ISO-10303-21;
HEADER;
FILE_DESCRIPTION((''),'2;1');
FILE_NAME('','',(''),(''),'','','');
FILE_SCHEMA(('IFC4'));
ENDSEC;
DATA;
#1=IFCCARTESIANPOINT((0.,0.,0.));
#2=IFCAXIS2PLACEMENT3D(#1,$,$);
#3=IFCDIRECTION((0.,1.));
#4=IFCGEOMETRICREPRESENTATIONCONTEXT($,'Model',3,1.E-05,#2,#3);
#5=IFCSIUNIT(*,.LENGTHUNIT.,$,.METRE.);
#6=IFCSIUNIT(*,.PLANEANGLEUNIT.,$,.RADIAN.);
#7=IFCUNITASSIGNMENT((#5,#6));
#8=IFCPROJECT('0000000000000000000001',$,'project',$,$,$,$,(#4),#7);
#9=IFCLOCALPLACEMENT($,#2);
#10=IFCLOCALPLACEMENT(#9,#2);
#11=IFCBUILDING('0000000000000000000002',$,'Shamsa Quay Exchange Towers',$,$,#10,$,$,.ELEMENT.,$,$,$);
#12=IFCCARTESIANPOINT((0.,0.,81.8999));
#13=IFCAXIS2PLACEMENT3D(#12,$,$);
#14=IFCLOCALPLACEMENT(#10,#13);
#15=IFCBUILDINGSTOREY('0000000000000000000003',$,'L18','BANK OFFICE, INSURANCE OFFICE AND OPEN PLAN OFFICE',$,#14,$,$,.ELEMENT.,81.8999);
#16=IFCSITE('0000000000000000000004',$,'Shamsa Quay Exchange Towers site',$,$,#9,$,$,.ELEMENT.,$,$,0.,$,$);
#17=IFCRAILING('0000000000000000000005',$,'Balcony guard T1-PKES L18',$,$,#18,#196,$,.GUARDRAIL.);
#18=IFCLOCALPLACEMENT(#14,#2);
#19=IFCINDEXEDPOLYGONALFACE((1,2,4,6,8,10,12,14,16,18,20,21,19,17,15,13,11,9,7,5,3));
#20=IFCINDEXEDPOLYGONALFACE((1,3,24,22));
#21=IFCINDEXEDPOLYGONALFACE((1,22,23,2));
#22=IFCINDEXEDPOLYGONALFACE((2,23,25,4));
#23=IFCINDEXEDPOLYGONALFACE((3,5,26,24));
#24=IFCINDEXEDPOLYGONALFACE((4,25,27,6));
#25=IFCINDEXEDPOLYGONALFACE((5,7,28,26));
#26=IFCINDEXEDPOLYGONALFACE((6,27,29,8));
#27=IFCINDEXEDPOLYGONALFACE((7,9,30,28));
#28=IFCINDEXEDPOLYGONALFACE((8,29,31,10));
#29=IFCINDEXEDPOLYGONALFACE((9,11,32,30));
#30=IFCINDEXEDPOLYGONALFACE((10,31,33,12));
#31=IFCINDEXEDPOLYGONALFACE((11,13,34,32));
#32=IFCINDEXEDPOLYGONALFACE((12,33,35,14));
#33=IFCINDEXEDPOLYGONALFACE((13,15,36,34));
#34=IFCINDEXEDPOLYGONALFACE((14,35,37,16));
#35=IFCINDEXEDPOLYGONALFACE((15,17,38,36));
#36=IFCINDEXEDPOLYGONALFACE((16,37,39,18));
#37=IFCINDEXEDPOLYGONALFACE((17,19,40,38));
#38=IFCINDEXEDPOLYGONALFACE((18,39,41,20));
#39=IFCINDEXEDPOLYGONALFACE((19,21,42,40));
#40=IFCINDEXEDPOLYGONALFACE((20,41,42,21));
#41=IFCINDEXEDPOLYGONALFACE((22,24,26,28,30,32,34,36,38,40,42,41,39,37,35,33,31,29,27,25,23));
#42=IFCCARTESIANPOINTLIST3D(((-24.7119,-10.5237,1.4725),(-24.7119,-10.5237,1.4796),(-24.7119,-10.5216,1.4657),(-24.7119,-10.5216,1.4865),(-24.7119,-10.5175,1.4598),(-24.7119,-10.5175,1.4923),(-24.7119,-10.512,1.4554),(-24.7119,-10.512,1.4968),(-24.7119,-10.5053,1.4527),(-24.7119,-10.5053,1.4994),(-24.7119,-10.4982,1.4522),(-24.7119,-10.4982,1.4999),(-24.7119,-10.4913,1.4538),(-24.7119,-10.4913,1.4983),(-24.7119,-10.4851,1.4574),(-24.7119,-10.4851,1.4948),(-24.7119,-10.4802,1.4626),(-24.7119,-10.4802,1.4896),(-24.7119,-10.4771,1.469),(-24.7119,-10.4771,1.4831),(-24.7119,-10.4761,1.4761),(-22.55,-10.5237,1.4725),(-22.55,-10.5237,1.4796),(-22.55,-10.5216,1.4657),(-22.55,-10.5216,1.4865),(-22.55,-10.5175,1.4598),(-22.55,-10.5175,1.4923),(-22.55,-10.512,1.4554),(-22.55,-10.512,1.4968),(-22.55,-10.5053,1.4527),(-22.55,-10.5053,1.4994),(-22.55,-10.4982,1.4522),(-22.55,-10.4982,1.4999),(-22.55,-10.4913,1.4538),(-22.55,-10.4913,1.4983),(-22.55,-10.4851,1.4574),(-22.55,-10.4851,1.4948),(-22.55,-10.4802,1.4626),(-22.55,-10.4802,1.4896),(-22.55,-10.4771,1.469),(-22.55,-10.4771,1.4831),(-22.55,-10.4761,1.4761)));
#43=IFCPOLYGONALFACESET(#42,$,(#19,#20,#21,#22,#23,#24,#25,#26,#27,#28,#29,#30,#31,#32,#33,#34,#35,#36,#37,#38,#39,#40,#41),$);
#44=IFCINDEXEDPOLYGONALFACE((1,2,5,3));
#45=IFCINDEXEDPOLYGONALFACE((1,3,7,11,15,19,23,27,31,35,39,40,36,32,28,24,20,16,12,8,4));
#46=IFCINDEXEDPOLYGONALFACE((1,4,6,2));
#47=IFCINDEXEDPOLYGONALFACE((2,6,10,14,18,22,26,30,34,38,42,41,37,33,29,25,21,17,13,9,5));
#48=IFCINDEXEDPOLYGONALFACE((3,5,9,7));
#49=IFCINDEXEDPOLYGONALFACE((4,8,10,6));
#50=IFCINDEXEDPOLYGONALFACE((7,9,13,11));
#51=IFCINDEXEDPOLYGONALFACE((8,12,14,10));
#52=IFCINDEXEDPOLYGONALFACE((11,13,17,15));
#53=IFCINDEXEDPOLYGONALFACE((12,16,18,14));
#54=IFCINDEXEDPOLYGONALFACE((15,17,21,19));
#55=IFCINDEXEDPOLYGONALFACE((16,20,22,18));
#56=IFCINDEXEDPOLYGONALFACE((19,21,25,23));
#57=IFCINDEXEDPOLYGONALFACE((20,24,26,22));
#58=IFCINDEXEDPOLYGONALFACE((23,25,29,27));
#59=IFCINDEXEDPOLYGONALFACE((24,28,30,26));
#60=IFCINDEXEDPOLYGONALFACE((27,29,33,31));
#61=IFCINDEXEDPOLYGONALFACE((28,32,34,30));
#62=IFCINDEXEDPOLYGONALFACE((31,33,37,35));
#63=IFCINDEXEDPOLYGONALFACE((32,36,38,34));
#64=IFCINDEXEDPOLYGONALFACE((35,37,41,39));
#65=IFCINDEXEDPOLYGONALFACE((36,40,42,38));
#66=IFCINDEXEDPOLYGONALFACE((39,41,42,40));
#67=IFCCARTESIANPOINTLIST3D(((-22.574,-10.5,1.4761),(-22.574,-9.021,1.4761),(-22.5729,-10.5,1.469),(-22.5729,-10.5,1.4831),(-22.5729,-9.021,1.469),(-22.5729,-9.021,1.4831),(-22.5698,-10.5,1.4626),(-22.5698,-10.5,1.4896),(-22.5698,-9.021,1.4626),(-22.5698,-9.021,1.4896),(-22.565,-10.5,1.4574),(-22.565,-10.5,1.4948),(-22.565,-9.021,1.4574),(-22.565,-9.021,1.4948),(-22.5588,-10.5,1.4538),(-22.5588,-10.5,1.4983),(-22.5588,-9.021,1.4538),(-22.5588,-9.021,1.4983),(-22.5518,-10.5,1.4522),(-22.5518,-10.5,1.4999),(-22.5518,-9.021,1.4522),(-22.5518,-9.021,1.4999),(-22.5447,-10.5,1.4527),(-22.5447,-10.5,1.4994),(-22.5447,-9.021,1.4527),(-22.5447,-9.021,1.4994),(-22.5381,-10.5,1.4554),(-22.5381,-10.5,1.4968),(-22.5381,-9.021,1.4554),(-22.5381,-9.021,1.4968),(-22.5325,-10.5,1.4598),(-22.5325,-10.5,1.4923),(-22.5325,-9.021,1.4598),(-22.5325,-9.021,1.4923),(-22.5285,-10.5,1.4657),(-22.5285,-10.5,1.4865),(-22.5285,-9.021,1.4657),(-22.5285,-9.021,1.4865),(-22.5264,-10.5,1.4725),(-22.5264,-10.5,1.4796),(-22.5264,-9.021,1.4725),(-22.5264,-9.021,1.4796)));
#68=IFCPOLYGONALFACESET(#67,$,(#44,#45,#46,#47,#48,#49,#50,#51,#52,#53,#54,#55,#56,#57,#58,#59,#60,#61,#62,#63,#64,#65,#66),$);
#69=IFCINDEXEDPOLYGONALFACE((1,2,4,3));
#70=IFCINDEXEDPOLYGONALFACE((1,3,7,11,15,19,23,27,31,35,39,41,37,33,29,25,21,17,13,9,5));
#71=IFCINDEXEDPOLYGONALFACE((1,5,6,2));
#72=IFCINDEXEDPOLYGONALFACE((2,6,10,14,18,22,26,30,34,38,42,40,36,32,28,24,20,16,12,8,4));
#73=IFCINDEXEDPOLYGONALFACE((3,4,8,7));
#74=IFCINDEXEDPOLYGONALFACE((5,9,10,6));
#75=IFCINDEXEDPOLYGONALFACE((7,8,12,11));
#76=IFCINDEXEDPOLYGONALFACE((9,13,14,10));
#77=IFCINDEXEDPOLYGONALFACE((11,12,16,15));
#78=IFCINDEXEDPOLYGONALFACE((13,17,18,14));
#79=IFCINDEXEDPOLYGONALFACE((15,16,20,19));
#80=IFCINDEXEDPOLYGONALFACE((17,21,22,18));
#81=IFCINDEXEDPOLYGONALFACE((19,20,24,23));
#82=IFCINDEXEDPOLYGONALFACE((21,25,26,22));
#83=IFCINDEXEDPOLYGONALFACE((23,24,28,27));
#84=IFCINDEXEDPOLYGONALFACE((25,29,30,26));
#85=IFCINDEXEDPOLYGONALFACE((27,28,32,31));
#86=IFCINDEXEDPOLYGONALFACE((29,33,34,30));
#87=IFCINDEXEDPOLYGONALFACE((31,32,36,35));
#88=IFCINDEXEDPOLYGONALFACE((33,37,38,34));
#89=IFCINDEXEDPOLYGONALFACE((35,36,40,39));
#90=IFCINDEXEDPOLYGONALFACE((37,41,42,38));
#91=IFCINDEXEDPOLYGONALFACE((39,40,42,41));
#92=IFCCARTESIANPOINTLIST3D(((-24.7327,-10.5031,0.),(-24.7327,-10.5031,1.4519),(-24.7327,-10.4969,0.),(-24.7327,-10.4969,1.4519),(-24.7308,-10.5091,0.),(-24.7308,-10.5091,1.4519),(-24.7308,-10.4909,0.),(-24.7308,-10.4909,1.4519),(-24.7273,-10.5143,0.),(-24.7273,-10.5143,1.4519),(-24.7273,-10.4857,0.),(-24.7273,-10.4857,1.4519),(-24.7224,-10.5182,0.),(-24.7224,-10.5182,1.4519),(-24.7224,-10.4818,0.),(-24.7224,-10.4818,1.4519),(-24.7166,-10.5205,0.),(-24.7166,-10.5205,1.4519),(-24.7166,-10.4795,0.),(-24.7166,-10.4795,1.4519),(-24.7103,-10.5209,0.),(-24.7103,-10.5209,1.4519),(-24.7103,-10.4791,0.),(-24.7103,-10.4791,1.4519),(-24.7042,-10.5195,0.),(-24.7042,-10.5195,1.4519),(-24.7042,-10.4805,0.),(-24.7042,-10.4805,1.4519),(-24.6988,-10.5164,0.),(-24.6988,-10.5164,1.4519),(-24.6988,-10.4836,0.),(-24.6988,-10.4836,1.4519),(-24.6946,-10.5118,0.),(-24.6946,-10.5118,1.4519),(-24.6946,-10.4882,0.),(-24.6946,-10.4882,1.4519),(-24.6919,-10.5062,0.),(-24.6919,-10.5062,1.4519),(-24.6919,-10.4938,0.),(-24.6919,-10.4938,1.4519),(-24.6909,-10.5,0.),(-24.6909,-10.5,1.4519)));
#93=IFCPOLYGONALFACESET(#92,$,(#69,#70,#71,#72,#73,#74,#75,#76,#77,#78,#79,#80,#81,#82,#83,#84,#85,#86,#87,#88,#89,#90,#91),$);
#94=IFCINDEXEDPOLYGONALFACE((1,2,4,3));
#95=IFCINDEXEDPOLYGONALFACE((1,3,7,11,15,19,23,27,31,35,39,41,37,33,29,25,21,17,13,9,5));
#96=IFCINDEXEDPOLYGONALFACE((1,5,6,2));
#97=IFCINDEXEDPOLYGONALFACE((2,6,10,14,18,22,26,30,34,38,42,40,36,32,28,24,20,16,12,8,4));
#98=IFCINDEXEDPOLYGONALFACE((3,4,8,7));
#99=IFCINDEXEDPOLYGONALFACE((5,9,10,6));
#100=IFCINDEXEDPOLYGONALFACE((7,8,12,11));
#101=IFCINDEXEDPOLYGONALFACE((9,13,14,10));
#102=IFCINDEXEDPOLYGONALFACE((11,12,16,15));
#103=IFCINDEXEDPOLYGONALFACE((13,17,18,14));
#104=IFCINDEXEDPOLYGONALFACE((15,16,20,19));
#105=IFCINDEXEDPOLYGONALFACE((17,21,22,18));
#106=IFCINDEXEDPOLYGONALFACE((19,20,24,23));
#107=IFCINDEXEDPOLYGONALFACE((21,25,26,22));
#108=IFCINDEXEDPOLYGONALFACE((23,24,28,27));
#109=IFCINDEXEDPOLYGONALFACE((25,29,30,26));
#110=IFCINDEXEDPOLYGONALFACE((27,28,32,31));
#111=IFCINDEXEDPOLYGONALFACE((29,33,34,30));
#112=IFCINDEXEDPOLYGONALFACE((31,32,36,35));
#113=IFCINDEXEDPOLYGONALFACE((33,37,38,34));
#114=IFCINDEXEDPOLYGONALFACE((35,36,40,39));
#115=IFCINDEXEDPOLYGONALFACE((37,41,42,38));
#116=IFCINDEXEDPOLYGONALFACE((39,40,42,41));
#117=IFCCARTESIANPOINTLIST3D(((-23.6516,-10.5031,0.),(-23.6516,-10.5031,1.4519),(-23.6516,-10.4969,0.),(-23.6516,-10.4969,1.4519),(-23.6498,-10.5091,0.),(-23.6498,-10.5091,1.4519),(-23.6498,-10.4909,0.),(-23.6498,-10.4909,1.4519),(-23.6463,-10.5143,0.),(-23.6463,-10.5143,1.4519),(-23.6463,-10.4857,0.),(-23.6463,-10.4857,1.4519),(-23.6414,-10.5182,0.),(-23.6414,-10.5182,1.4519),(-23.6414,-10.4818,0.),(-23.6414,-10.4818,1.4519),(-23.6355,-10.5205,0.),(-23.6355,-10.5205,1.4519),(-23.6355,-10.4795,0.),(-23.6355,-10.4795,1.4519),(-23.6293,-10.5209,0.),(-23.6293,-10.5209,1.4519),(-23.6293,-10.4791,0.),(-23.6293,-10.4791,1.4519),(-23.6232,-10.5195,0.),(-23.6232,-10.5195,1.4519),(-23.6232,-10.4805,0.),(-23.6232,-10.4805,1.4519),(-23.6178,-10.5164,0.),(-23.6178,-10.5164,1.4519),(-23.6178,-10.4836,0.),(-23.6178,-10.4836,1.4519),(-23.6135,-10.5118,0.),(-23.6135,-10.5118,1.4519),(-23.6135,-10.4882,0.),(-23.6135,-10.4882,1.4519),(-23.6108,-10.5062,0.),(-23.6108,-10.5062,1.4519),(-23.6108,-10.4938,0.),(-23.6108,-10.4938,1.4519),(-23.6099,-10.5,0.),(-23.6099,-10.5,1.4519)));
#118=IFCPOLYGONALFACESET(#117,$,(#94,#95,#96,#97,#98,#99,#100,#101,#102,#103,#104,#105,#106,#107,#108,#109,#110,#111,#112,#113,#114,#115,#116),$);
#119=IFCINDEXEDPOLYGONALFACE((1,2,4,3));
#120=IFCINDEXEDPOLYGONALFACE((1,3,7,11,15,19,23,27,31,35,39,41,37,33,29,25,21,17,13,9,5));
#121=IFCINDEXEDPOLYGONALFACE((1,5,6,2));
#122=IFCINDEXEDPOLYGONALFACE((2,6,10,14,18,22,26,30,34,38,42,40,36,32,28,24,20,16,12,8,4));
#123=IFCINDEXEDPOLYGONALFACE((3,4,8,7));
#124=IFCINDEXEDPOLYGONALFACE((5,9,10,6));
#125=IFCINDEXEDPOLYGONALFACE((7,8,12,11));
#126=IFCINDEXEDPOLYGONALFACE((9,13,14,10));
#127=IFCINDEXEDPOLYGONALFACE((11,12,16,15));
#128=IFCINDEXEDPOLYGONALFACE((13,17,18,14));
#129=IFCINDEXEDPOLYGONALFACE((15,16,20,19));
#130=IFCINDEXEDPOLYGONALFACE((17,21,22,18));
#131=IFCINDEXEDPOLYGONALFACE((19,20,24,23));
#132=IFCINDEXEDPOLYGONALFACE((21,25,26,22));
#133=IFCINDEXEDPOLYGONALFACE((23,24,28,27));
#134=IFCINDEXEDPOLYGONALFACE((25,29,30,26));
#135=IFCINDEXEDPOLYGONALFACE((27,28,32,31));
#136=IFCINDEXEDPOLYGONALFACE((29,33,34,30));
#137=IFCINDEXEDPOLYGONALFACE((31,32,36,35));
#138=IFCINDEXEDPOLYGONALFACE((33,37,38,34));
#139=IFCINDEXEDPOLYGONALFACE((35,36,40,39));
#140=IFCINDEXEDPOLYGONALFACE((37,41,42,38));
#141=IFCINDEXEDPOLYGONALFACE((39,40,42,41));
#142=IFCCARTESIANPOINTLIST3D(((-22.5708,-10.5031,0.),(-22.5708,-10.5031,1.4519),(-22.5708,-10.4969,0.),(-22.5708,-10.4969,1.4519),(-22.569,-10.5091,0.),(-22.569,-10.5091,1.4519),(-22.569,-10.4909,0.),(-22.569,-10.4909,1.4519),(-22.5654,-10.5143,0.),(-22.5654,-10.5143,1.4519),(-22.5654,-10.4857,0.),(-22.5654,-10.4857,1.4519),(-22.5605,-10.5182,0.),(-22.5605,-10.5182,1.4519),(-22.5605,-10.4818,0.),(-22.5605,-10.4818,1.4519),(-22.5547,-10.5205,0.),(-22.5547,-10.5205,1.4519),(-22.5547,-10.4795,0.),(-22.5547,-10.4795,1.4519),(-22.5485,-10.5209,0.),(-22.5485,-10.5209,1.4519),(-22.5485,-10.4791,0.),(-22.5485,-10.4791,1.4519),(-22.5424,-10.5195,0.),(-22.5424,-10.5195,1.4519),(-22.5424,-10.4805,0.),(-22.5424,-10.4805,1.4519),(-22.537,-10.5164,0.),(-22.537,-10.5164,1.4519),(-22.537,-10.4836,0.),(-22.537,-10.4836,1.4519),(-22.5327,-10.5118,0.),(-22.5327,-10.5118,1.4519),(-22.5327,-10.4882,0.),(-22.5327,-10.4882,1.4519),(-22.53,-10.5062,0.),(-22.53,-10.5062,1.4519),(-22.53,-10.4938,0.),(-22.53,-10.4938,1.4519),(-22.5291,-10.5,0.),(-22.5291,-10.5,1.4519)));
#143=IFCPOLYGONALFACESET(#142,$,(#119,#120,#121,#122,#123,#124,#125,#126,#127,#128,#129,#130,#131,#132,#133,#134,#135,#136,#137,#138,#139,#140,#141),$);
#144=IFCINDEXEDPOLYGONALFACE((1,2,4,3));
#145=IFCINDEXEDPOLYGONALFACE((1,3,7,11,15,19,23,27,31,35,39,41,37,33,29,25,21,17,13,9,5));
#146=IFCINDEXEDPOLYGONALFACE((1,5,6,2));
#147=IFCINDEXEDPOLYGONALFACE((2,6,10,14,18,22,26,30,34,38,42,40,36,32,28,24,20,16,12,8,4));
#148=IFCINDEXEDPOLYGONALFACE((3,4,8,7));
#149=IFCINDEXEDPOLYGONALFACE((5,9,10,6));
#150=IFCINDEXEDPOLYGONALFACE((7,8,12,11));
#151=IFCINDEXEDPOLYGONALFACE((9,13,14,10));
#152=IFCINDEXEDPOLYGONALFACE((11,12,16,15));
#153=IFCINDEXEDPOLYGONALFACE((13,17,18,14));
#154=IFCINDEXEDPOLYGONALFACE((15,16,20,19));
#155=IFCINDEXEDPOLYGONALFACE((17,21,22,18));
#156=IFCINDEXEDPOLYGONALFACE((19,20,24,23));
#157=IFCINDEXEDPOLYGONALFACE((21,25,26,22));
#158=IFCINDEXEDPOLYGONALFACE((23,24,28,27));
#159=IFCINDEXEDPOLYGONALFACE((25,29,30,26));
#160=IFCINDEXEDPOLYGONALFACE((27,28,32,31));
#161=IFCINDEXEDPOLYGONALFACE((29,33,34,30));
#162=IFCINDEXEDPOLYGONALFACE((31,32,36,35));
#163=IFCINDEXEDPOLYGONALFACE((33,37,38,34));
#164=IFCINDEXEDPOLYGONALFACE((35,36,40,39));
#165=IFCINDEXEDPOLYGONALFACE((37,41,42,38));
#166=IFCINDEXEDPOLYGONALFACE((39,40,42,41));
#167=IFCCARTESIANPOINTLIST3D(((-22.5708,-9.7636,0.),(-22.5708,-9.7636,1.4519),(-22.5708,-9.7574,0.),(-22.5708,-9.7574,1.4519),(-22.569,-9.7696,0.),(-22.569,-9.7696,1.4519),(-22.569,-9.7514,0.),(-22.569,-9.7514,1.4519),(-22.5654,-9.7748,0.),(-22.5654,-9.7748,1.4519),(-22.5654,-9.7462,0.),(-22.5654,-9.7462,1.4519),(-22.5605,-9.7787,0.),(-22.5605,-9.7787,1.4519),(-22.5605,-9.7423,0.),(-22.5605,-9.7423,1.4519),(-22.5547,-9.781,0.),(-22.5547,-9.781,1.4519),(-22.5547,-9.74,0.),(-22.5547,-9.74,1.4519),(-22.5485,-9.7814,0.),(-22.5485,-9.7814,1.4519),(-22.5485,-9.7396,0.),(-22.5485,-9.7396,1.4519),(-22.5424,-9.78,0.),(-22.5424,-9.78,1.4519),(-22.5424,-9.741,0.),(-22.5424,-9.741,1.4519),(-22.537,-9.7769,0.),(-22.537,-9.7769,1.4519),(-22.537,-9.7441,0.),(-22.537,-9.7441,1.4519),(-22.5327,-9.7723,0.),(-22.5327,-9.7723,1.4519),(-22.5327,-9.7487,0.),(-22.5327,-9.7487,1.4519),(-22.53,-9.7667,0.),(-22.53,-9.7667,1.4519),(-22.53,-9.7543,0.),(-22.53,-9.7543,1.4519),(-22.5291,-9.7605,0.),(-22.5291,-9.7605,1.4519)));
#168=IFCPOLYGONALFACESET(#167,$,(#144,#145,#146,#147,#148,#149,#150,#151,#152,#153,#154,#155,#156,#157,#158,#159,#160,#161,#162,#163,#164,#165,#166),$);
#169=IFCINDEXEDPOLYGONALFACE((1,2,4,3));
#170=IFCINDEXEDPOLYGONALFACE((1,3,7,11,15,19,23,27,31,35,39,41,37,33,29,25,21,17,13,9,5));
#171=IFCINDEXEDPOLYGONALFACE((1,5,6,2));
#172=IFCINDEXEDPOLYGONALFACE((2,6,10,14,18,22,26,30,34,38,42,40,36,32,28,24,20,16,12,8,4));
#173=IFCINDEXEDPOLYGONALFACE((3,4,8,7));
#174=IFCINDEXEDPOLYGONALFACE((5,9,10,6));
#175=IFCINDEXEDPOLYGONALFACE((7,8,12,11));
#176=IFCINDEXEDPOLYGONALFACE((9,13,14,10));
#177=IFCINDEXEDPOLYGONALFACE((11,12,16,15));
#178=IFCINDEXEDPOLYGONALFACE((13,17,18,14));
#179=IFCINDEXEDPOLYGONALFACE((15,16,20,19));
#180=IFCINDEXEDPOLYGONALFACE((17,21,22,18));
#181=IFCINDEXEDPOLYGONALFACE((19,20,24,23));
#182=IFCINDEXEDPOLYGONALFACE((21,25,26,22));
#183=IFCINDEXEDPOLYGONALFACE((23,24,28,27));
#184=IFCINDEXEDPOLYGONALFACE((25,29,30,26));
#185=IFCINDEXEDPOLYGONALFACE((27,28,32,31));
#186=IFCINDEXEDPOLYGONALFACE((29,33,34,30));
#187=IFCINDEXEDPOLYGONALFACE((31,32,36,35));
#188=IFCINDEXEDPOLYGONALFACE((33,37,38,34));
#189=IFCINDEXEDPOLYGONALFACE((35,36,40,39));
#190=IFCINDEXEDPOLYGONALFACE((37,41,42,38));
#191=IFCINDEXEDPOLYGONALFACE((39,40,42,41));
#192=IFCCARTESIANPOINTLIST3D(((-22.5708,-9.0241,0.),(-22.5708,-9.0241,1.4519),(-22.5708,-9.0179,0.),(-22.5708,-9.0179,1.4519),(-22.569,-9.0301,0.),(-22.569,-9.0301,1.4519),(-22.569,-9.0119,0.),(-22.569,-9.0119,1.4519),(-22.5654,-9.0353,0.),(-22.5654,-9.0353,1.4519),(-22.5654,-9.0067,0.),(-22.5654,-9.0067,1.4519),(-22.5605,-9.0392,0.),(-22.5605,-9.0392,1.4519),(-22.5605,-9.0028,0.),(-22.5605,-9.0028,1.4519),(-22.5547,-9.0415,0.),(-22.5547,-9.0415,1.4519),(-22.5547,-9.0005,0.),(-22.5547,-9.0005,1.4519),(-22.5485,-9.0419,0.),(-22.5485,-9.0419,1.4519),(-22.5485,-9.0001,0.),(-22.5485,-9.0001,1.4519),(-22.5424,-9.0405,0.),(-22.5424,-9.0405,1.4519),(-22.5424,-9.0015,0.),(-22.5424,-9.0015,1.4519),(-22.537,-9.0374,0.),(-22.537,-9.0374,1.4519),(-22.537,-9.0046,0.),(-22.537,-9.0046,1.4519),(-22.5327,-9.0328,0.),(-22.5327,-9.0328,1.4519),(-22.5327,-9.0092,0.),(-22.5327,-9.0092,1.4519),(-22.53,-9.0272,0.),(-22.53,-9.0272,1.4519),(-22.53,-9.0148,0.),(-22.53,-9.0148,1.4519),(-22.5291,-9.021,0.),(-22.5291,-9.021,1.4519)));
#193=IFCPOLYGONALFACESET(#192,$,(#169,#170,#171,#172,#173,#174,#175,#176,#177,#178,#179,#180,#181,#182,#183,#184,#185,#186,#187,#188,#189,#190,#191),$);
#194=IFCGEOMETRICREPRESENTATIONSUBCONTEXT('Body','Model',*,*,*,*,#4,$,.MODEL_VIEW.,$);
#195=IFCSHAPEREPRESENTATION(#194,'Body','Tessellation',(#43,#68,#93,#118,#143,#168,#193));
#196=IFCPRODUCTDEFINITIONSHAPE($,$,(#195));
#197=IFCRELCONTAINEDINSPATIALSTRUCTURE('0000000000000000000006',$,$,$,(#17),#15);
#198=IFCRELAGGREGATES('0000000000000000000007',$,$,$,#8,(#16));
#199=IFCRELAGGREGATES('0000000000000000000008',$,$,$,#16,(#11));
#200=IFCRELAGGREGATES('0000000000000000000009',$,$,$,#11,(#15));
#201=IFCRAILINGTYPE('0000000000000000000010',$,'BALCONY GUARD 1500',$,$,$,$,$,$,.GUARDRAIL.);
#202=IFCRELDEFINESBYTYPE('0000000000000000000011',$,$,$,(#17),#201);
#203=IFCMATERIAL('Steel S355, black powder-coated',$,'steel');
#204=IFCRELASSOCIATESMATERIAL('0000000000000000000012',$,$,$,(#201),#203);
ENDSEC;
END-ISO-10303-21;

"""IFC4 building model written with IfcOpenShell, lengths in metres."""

from ifc_helpers import new_model, si_unit, direction, frame, origin, origin_2d, place, context, subcontext, project, spatial, circle, extrude, material, type_object, element, save


model = new_model("IFC4")

# Units and contexts
model_context = context("Model", 3, precision=1e-05, world=origin(), true_north=direction((0.0, 1.0)))
body_context = subcontext(model_context, "Body", "Model", "MODEL_VIEW")
ifc_project = project(units=[si_unit("LENGTHUNIT", "METRE"), si_unit("PLANEANGLEUNIT", "RADIAN")], contexts=[model_context])

# Site, building, storey
site_placement = place(None, origin())
site = spatial("IfcSite", under=ifc_project, at=site_placement, Name="Shamsa Quay Exchange Towers site", CompositionType="ELEMENT", RefElevation=0.0)
building_placement = place(site_placement, origin())
building = spatial("IfcBuilding", under=site, at=building_placement, Name="Shamsa Quay Exchange Towers", CompositionType="ELEMENT")
storey_placement = place(building_placement, frame((0.0, 0.0, 81.8999)))
storey = spatial("IfcBuildingStorey", under=building, at=storey_placement, Name="L18", Description="BANK OFFICE, INSURANCE OFFICE AND OPEN PLAN OFFICE", CompositionType="ELEMENT", Elevation=81.8999)

# Railing
ifc_material_1 = material(Name="Steel S355, black powder-coated", Category="steel")
railing_type_1 = type_object("IfcRailingType", Name="BALCONY GUARD 1500", PredefinedType="GUARDRAIL", material=ifc_material_1)
for number, where, name in (
    (1, (-24.7119, -10.5, 0.0), "Balcony guard T1-PKES L18"),
):
    element("IfcRailing", number, at=place(storey_placement, frame(where)), inside=storey, type_object=railing_type_1, Name=name, PredefinedType="GUARDRAIL", context=body_context, shape_type="SweptSolid", body=[
        extrude(circle(Radius=0.0239, at=origin_2d()), frame((0.0, 0.0, 1.4761), z_axis=(1.0, 0.0, 0.0), x_axis=(0.0, 1.0, 0.0)), (0.0, 0.0, 1.0), 2.1619),
        extrude(circle(Radius=0.0239, at=origin_2d()), frame((2.1619, 0.0, 1.4761), z_axis=(0.0, 1.0, 0.0), x_axis=(-1.0, 0.0, 0.0)), (0.0, 0.0, 1.0), 1.479),
        extrude(circle(Radius=0.021, at=origin_2d()), origin(), (0.0, 0.0, 1.0), 1.4519),
        extrude(circle(Radius=0.021, at=origin_2d()), frame((1.0811, 0.0, 0.0)), (0.0, 0.0, 1.0), 1.4519),
        extrude(circle(Radius=0.021, at=origin_2d()), frame((2.1619, 0.0, 0.0)), (0.0, 0.0, 1.0), 1.4519),
        extrude(circle(Radius=0.021, at=origin_2d()), frame((2.1619, 0.7395, 0.0)), (0.0, 0.0, 1.0), 1.4519),
        extrude(circle(Radius=0.021, at=origin_2d()), frame((2.1619, 1.479, 0.0)), (0.0, 0.0, 1.0), 1.4519),
    ])

save(model, "model.ifc")
